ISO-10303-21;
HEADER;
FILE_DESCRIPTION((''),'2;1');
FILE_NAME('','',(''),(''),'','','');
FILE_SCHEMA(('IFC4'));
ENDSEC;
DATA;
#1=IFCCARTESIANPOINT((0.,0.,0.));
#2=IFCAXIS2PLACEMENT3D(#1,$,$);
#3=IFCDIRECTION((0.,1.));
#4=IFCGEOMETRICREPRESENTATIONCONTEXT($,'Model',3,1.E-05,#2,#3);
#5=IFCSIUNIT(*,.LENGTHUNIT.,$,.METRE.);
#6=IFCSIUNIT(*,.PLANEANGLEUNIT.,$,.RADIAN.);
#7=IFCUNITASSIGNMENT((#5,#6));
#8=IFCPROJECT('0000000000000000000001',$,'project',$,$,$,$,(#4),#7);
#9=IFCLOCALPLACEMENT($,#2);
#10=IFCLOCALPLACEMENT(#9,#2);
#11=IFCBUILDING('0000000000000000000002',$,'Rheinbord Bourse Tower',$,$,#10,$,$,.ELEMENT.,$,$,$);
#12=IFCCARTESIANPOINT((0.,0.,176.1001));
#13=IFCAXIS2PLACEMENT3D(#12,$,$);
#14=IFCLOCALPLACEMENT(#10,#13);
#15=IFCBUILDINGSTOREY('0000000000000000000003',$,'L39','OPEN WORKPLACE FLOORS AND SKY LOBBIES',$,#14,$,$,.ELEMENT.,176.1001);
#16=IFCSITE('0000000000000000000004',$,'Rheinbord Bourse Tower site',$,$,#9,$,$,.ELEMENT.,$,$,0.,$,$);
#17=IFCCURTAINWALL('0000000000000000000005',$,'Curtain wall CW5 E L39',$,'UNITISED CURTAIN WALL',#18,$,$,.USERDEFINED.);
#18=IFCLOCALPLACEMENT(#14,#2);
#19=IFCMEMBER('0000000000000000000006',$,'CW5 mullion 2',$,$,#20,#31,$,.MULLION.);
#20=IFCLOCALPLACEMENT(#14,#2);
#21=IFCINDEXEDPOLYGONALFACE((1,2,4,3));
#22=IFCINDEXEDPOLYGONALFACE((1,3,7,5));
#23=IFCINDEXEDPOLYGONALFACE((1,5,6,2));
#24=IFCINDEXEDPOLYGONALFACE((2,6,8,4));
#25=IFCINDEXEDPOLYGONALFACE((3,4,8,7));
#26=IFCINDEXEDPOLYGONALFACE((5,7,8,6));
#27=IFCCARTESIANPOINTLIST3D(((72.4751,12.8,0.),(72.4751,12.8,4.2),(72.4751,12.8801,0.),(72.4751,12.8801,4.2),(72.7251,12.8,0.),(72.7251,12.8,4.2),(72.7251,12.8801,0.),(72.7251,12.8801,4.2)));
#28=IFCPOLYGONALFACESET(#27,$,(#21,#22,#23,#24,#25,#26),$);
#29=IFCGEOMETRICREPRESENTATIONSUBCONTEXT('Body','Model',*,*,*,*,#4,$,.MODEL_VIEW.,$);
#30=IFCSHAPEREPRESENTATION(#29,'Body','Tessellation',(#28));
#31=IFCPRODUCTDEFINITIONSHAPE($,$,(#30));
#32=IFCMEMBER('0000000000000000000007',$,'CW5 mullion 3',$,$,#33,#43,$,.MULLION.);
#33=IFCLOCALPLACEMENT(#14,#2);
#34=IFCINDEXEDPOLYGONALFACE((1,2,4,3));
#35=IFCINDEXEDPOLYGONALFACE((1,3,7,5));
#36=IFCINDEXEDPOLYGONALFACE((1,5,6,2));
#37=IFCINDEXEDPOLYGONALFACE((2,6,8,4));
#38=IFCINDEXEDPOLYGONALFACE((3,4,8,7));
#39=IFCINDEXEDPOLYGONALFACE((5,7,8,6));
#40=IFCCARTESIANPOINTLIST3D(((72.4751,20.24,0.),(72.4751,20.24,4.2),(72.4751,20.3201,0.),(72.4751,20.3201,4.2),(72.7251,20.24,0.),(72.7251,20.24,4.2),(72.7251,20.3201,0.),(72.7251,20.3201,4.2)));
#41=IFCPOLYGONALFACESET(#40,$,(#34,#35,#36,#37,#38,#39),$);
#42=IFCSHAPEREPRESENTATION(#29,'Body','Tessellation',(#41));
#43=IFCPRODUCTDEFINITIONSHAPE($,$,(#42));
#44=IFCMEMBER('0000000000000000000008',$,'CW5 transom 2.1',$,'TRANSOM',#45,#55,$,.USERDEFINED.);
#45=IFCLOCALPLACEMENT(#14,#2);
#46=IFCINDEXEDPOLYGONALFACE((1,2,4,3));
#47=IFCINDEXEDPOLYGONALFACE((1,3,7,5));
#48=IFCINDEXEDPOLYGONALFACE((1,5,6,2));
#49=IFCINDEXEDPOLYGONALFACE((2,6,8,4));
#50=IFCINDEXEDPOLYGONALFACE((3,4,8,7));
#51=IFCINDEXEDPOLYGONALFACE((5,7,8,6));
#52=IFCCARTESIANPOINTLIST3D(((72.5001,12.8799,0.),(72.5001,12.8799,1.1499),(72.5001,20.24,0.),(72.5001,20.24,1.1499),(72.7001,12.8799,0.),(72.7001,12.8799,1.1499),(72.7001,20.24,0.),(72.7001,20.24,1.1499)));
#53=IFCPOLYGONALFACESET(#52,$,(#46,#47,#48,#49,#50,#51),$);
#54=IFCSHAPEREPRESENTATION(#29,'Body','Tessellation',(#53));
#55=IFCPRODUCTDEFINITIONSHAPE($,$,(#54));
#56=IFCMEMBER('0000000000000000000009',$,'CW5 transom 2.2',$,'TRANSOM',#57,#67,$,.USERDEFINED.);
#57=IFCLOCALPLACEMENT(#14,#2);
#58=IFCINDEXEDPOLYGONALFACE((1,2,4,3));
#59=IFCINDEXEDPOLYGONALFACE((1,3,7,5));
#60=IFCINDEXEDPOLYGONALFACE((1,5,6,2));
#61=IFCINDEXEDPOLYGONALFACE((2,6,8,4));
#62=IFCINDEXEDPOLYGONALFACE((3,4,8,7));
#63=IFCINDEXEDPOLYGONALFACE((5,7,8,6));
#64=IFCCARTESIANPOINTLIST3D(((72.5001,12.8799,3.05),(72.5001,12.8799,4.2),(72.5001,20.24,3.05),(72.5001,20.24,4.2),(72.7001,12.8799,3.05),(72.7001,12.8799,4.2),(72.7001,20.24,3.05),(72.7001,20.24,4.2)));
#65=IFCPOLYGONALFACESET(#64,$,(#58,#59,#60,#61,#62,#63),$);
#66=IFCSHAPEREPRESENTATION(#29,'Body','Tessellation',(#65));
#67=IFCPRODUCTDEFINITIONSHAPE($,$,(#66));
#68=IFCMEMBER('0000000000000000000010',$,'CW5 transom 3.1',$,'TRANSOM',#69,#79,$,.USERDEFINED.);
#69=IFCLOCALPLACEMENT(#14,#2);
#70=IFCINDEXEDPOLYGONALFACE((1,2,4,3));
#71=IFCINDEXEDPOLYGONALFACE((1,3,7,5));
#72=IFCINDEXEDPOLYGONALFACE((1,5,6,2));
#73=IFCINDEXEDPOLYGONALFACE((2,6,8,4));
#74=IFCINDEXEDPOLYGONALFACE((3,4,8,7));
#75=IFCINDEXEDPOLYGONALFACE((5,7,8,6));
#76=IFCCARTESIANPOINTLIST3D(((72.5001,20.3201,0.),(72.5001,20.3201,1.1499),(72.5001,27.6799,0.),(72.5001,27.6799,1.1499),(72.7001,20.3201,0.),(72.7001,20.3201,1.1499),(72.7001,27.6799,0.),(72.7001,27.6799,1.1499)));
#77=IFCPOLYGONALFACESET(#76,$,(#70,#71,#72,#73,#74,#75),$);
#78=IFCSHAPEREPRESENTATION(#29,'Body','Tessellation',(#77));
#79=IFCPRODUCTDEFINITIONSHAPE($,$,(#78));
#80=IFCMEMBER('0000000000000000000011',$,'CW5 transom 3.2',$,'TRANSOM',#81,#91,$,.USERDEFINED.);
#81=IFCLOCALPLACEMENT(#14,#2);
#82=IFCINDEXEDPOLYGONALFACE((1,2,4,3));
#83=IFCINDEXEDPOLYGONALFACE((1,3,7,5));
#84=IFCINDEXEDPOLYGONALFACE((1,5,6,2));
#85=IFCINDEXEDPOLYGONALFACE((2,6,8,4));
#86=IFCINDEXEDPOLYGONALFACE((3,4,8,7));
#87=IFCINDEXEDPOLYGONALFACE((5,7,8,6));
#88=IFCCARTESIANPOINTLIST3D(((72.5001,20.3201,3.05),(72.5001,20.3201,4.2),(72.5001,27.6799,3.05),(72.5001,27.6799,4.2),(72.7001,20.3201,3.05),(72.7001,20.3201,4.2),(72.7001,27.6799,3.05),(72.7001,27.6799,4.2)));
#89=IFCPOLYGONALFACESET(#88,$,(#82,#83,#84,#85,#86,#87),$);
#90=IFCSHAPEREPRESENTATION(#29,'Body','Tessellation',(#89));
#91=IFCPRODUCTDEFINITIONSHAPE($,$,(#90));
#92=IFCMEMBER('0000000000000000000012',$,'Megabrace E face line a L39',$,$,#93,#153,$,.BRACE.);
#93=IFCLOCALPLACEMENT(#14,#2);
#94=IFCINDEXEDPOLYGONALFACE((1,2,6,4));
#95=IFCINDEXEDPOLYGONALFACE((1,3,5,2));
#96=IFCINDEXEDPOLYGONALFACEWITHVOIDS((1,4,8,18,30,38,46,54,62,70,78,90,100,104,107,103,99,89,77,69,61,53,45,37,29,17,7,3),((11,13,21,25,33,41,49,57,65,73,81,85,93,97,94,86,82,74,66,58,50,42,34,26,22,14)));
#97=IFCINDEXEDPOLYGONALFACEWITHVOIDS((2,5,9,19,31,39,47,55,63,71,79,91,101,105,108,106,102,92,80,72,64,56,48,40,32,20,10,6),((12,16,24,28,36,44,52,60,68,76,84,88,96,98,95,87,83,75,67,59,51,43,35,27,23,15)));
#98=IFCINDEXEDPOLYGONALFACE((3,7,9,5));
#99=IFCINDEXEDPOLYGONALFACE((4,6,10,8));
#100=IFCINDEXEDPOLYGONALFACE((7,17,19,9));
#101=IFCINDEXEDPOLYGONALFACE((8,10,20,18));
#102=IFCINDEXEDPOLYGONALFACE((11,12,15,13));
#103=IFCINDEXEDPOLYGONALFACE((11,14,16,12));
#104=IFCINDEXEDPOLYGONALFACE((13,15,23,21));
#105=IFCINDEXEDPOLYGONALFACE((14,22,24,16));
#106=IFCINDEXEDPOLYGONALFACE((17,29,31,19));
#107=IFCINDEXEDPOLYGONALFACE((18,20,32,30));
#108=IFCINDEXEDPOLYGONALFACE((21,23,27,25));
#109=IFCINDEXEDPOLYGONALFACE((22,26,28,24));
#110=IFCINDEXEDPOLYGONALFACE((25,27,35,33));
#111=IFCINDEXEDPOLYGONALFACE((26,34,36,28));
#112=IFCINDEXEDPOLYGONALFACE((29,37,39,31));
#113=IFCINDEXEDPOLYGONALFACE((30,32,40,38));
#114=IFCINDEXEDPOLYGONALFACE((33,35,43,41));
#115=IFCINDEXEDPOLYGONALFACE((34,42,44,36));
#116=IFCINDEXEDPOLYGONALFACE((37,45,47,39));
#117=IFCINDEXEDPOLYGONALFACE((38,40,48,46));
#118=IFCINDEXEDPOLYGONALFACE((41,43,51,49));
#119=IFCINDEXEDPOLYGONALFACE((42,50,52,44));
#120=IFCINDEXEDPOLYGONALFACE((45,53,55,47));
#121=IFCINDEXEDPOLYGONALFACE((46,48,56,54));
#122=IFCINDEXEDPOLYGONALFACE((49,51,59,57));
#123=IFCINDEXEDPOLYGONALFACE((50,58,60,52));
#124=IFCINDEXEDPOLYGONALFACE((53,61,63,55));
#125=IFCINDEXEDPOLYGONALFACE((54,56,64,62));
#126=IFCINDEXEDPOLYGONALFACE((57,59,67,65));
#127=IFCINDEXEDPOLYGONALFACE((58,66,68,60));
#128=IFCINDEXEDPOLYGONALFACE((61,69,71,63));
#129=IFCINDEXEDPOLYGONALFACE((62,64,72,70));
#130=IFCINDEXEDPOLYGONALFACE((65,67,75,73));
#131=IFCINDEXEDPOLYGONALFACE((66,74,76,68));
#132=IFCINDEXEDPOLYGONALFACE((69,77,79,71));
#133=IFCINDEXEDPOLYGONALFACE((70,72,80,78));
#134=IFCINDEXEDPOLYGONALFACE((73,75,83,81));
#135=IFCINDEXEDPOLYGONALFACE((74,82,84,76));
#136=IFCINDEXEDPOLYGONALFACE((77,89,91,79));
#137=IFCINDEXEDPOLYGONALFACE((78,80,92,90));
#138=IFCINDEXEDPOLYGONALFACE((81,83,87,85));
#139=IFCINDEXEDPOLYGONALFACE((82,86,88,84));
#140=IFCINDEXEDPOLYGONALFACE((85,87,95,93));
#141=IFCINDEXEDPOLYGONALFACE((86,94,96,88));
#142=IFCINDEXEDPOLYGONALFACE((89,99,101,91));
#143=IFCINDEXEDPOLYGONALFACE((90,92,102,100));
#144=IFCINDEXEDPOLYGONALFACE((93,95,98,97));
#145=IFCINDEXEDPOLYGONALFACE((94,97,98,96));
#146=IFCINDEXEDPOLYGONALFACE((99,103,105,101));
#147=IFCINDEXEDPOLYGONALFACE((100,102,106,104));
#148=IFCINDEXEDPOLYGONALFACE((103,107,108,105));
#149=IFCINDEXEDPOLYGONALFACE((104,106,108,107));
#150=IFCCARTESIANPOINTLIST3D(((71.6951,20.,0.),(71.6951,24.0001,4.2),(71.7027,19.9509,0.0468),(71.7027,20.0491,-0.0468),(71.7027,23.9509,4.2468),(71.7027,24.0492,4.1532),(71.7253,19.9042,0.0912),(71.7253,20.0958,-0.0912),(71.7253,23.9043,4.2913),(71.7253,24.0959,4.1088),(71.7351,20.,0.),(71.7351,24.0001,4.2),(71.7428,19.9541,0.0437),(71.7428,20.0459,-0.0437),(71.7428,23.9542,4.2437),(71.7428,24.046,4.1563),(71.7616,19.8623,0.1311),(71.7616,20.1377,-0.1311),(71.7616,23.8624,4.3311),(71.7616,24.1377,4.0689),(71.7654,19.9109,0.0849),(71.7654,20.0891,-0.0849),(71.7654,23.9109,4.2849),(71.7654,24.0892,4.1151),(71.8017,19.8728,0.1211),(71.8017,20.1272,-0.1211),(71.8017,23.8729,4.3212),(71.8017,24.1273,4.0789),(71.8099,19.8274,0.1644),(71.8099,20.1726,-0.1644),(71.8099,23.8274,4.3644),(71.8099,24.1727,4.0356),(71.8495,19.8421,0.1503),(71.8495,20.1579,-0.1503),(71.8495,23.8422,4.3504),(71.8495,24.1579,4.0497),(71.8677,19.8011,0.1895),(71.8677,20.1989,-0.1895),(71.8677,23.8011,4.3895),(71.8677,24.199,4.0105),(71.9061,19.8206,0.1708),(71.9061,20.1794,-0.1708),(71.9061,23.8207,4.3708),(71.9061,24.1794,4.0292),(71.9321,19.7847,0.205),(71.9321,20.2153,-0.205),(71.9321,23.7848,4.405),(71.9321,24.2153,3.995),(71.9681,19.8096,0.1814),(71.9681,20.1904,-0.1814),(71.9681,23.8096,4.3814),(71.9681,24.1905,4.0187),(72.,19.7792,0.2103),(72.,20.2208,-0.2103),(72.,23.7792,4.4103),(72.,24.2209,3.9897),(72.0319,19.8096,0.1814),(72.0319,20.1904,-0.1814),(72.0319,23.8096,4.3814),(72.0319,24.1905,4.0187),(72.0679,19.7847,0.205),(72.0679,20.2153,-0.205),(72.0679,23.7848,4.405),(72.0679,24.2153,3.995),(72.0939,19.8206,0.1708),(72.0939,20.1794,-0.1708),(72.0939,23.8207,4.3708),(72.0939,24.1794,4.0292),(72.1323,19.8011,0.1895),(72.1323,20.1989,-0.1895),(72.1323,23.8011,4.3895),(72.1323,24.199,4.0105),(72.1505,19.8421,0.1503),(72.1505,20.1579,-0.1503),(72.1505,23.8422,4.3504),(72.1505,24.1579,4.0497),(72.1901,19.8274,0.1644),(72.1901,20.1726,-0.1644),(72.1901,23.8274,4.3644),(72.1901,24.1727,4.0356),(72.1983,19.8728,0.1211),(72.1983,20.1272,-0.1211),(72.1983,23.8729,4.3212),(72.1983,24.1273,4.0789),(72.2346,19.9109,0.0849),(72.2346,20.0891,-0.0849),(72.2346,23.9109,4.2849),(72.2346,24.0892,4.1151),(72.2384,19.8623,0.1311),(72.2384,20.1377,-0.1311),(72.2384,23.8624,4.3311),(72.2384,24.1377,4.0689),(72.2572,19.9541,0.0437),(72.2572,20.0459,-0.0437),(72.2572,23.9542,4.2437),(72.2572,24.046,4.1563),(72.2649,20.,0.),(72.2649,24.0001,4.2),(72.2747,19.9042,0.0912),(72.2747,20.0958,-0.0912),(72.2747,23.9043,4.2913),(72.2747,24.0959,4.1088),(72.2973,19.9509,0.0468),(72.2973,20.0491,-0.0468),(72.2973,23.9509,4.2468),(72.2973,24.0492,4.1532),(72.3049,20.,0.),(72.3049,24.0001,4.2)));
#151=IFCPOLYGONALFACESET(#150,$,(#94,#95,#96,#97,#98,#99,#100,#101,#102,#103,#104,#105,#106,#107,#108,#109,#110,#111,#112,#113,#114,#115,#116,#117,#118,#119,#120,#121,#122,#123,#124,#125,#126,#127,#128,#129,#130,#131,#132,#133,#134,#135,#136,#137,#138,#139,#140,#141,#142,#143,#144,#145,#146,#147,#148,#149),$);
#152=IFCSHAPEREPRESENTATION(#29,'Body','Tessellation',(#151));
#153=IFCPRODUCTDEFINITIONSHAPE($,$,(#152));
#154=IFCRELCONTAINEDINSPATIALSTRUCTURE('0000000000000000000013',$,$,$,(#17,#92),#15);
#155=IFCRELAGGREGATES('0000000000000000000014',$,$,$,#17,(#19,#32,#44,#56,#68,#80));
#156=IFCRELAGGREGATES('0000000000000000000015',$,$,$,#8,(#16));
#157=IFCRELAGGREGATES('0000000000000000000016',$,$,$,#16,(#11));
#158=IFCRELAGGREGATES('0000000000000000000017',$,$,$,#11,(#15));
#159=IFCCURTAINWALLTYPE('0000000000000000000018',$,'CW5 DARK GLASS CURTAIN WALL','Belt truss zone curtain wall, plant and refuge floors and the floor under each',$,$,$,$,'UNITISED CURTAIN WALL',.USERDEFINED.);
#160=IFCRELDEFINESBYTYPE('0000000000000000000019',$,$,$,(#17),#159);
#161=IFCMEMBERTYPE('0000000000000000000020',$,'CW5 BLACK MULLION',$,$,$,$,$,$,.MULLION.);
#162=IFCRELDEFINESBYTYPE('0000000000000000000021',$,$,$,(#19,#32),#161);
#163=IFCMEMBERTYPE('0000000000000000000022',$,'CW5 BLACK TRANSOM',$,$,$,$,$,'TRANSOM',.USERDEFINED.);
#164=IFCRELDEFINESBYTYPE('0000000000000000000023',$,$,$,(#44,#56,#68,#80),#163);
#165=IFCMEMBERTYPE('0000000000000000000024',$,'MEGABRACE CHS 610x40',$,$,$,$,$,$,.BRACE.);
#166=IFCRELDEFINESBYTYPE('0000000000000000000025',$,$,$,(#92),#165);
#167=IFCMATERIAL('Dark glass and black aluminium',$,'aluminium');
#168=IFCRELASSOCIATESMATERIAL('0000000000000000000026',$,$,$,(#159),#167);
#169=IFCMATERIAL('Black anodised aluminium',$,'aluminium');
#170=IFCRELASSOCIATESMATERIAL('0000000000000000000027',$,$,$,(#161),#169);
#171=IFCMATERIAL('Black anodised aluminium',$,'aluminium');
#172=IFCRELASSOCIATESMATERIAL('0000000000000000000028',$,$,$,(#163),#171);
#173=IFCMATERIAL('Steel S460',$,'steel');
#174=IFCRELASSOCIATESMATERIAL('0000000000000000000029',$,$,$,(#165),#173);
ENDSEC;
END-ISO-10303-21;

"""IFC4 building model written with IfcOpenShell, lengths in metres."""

from ifc_helpers import new_model, si_unit, direction, frame, origin, origin_2d, place, context, subcontext, project, spatial, rectangle, hollow_circle, extrude, material, material_profile, profile_set, type_object, element, aggregate, save


model = new_model("IFC4")

# Units and contexts
model_context = context("Model", 3, precision=1e-05, world=origin(), true_north=direction((0.0, 1.0)))
body_context = subcontext(model_context, "Body", "Model", "MODEL_VIEW")
ifc_project = project(units=[si_unit("LENGTHUNIT", "METRE"), si_unit("PLANEANGLEUNIT", "RADIAN")], contexts=[model_context])

# Site, building, storey
site_placement = place(None, origin())
site = spatial("IfcSite", under=ifc_project, at=site_placement, Name="Rheinbord Bourse Tower site", CompositionType="ELEMENT", RefElevation=0.0)
building_placement = place(site_placement, origin())
building = spatial("IfcBuilding", under=site, at=building_placement, Name="Rheinbord Bourse Tower", CompositionType="ELEMENT")
storey_placement = place(building_placement, frame((0.0, 0.0, 176.1001)))
storey = spatial("IfcBuildingStorey", under=building, at=storey_placement, Name="L39", Description="OPEN WORKPLACE FLOORS AND SKY LOBBIES", CompositionType="ELEMENT", Elevation=176.1001)

# Curtain wall, members
ifc_material_1 = material(Name="Dark glass and black aluminium", Category="aluminium")
curtain_wall_type = type_object("IfcCurtainWallType", Name="CW5 DARK GLASS CURTAIN WALL", Description="Belt truss zone curtain wall, plant and refuge floors and the floor under each", ElementType="UNITISED CURTAIN WALL", PredefinedType="USERDEFINED", material=ifc_material_1)
curtain_wall_placement = place(storey_placement, origin())
curtain_wall = element("IfcCurtainWall", 1, at=curtain_wall_placement, inside=storey, type_object=curtain_wall_type, Name="Curtain wall CW5 E L39", ObjectType="UNITISED CURTAIN WALL", PredefinedType="USERDEFINED")
ifc_material_2 = material(Name="Black anodised aluminium", Category="aluminium")
ifc_material_profile_1 = material_profile(ifc_material_2, rectangle(XDim=0.25, YDim=0.0801, at=origin_2d()), Name="CW5 MULLION 80x250")
ifc_profile_set_1 = profile_set([ifc_material_profile_1], Name="Black anodised aluminium")
member_type_1 = type_object("IfcMemberType", Name="CW5 BLACK MULLION", PredefinedType="MULLION", material=ifc_profile_set_1)
member_1_placement = place(storey_placement, frame((72.6001, 12.8401, 0.0), z_axis=(0.0, 0.0, 1.0), x_axis=(-1.0, 0.0, 0.0)))
member_1 = element("IfcMember", 2, at=member_1_placement, type_object=member_type_1, Name="CW5 mullion 2", PredefinedType="MULLION", context=body_context, shape_type="SweptSolid", body=[
    extrude(rectangle(XDim=0.25, YDim=0.0801, at=origin_2d()), origin(), (0.0, 0.0, 1.0), 4.2),
])
member_2_placement = place(storey_placement, frame((72.6001, 20.28, 0.0), z_axis=(0.0, 0.0, 1.0), x_axis=(-1.0, 0.0, 0.0)))
member_2 = element("IfcMember", 3, at=member_2_placement, type_object=member_type_1, Name="CW5 mullion 3", PredefinedType="MULLION", context=body_context, shape_type="SweptSolid", body=[
    extrude(rectangle(XDim=0.25, YDim=0.0801, at=origin_2d()), origin(), (0.0, 0.0, 1.0), 4.2),
])
ifc_material_3 = material(Name="Black anodised aluminium", Category="aluminium")
ifc_material_profile_2 = material_profile(ifc_material_3, rectangle(XDim=0.2, YDim=1.1499, at=origin_2d()), Name="CW5 TRANSOM 1150x200")
ifc_profile_set_2 = profile_set([ifc_material_profile_2], Name="Black anodised aluminium")
member_type_2 = type_object("IfcMemberType", Name="CW5 BLACK TRANSOM", ElementType="TRANSOM", PredefinedType="USERDEFINED", material=ifc_profile_set_2)
member_3_placement = place(storey_placement, frame((72.6001, 12.8799, 0.575), z_axis=(0.0, 1.0, 0.0), x_axis=(-1.0, 0.0, 0.0)))
member_3 = element("IfcMember", 4, at=member_3_placement, type_object=member_type_2, Name="CW5 transom 2.1", ObjectType="TRANSOM", PredefinedType="USERDEFINED", context=body_context, shape_type="SweptSolid", body=[
    extrude(rectangle(XDim=0.2, YDim=1.1499, at=origin_2d()), origin(), (0.0, 0.0, 1.0), 7.3601),
])
member_4_placement = place(storey_placement, frame((72.6001, 12.8799, 3.625), z_axis=(0.0, 1.0, 0.0), x_axis=(-1.0, 0.0, 0.0)))
member_4 = element("IfcMember", 5, at=member_4_placement, type_object=member_type_2, Name="CW5 transom 2.2", ObjectType="TRANSOM", PredefinedType="USERDEFINED", context=body_context, shape_type="SweptSolid", body=[
    extrude(rectangle(XDim=0.2, YDim=1.1499, at=origin_2d()), origin(), (0.0, 0.0, 1.0), 7.3601),
])
member_5_placement = place(storey_placement, frame((72.6001, 20.3201, 0.575), z_axis=(0.0, 1.0, 0.0), x_axis=(-1.0, 0.0, 0.0)))
member_5 = element("IfcMember", 6, at=member_5_placement, type_object=member_type_2, Name="CW5 transom 3.1", ObjectType="TRANSOM", PredefinedType="USERDEFINED", context=body_context, shape_type="SweptSolid", body=[
    extrude(rectangle(XDim=0.2, YDim=1.1499, at=origin_2d()), origin(), (0.0, 0.0, 1.0), 7.3599),
])
member_6_placement = place(storey_placement, frame((72.6001, 20.3201, 3.625), z_axis=(0.0, 1.0, 0.0), x_axis=(-1.0, 0.0, 0.0)))
member_6 = element("IfcMember", 7, at=member_6_placement, type_object=member_type_2, Name="CW5 transom 3.2", ObjectType="TRANSOM", PredefinedType="USERDEFINED", context=body_context, shape_type="SweptSolid", body=[
    extrude(rectangle(XDim=0.2, YDim=1.1499, at=origin_2d()), origin(), (0.0, 0.0, 1.0), 7.3599),
])

# Member
ifc_material_4 = material(Name="Steel S460", Category="steel")
ifc_material_profile_3 = material_profile(ifc_material_4, hollow_circle(Radius=0.3049, WallThickness=0.04, at=origin_2d()), Name="CHS 610x40")
ifc_profile_set_3 = profile_set([ifc_material_profile_3], Name="Steel S460")
member_type_3 = type_object("IfcMemberType", Name="MEGABRACE CHS 610x40", PredefinedType="BRACE", material=ifc_profile_set_3)
member_7_placement = place(storey_placement, frame((72.0, 20.0, 0.0), z_axis=(0.0, 0.689659, 0.724134), x_axis=(-1.0, 0.0, 0.0)))
element("IfcMember", 8, at=member_7_placement, inside=storey, type_object=member_type_3, Name="Megabrace E face line a L39", PredefinedType="BRACE", context=body_context, shape_type="SweptSolid", body=[
    extrude(hollow_circle(Radius=0.3049, WallThickness=0.04, at=origin_2d()), origin(), (0.0, 0.0, 1.0), 5.8),
])

aggregate(curtain_wall, [member_1, member_2, member_3, member_4, member_5, member_6])

save(model, "model.ifc")
